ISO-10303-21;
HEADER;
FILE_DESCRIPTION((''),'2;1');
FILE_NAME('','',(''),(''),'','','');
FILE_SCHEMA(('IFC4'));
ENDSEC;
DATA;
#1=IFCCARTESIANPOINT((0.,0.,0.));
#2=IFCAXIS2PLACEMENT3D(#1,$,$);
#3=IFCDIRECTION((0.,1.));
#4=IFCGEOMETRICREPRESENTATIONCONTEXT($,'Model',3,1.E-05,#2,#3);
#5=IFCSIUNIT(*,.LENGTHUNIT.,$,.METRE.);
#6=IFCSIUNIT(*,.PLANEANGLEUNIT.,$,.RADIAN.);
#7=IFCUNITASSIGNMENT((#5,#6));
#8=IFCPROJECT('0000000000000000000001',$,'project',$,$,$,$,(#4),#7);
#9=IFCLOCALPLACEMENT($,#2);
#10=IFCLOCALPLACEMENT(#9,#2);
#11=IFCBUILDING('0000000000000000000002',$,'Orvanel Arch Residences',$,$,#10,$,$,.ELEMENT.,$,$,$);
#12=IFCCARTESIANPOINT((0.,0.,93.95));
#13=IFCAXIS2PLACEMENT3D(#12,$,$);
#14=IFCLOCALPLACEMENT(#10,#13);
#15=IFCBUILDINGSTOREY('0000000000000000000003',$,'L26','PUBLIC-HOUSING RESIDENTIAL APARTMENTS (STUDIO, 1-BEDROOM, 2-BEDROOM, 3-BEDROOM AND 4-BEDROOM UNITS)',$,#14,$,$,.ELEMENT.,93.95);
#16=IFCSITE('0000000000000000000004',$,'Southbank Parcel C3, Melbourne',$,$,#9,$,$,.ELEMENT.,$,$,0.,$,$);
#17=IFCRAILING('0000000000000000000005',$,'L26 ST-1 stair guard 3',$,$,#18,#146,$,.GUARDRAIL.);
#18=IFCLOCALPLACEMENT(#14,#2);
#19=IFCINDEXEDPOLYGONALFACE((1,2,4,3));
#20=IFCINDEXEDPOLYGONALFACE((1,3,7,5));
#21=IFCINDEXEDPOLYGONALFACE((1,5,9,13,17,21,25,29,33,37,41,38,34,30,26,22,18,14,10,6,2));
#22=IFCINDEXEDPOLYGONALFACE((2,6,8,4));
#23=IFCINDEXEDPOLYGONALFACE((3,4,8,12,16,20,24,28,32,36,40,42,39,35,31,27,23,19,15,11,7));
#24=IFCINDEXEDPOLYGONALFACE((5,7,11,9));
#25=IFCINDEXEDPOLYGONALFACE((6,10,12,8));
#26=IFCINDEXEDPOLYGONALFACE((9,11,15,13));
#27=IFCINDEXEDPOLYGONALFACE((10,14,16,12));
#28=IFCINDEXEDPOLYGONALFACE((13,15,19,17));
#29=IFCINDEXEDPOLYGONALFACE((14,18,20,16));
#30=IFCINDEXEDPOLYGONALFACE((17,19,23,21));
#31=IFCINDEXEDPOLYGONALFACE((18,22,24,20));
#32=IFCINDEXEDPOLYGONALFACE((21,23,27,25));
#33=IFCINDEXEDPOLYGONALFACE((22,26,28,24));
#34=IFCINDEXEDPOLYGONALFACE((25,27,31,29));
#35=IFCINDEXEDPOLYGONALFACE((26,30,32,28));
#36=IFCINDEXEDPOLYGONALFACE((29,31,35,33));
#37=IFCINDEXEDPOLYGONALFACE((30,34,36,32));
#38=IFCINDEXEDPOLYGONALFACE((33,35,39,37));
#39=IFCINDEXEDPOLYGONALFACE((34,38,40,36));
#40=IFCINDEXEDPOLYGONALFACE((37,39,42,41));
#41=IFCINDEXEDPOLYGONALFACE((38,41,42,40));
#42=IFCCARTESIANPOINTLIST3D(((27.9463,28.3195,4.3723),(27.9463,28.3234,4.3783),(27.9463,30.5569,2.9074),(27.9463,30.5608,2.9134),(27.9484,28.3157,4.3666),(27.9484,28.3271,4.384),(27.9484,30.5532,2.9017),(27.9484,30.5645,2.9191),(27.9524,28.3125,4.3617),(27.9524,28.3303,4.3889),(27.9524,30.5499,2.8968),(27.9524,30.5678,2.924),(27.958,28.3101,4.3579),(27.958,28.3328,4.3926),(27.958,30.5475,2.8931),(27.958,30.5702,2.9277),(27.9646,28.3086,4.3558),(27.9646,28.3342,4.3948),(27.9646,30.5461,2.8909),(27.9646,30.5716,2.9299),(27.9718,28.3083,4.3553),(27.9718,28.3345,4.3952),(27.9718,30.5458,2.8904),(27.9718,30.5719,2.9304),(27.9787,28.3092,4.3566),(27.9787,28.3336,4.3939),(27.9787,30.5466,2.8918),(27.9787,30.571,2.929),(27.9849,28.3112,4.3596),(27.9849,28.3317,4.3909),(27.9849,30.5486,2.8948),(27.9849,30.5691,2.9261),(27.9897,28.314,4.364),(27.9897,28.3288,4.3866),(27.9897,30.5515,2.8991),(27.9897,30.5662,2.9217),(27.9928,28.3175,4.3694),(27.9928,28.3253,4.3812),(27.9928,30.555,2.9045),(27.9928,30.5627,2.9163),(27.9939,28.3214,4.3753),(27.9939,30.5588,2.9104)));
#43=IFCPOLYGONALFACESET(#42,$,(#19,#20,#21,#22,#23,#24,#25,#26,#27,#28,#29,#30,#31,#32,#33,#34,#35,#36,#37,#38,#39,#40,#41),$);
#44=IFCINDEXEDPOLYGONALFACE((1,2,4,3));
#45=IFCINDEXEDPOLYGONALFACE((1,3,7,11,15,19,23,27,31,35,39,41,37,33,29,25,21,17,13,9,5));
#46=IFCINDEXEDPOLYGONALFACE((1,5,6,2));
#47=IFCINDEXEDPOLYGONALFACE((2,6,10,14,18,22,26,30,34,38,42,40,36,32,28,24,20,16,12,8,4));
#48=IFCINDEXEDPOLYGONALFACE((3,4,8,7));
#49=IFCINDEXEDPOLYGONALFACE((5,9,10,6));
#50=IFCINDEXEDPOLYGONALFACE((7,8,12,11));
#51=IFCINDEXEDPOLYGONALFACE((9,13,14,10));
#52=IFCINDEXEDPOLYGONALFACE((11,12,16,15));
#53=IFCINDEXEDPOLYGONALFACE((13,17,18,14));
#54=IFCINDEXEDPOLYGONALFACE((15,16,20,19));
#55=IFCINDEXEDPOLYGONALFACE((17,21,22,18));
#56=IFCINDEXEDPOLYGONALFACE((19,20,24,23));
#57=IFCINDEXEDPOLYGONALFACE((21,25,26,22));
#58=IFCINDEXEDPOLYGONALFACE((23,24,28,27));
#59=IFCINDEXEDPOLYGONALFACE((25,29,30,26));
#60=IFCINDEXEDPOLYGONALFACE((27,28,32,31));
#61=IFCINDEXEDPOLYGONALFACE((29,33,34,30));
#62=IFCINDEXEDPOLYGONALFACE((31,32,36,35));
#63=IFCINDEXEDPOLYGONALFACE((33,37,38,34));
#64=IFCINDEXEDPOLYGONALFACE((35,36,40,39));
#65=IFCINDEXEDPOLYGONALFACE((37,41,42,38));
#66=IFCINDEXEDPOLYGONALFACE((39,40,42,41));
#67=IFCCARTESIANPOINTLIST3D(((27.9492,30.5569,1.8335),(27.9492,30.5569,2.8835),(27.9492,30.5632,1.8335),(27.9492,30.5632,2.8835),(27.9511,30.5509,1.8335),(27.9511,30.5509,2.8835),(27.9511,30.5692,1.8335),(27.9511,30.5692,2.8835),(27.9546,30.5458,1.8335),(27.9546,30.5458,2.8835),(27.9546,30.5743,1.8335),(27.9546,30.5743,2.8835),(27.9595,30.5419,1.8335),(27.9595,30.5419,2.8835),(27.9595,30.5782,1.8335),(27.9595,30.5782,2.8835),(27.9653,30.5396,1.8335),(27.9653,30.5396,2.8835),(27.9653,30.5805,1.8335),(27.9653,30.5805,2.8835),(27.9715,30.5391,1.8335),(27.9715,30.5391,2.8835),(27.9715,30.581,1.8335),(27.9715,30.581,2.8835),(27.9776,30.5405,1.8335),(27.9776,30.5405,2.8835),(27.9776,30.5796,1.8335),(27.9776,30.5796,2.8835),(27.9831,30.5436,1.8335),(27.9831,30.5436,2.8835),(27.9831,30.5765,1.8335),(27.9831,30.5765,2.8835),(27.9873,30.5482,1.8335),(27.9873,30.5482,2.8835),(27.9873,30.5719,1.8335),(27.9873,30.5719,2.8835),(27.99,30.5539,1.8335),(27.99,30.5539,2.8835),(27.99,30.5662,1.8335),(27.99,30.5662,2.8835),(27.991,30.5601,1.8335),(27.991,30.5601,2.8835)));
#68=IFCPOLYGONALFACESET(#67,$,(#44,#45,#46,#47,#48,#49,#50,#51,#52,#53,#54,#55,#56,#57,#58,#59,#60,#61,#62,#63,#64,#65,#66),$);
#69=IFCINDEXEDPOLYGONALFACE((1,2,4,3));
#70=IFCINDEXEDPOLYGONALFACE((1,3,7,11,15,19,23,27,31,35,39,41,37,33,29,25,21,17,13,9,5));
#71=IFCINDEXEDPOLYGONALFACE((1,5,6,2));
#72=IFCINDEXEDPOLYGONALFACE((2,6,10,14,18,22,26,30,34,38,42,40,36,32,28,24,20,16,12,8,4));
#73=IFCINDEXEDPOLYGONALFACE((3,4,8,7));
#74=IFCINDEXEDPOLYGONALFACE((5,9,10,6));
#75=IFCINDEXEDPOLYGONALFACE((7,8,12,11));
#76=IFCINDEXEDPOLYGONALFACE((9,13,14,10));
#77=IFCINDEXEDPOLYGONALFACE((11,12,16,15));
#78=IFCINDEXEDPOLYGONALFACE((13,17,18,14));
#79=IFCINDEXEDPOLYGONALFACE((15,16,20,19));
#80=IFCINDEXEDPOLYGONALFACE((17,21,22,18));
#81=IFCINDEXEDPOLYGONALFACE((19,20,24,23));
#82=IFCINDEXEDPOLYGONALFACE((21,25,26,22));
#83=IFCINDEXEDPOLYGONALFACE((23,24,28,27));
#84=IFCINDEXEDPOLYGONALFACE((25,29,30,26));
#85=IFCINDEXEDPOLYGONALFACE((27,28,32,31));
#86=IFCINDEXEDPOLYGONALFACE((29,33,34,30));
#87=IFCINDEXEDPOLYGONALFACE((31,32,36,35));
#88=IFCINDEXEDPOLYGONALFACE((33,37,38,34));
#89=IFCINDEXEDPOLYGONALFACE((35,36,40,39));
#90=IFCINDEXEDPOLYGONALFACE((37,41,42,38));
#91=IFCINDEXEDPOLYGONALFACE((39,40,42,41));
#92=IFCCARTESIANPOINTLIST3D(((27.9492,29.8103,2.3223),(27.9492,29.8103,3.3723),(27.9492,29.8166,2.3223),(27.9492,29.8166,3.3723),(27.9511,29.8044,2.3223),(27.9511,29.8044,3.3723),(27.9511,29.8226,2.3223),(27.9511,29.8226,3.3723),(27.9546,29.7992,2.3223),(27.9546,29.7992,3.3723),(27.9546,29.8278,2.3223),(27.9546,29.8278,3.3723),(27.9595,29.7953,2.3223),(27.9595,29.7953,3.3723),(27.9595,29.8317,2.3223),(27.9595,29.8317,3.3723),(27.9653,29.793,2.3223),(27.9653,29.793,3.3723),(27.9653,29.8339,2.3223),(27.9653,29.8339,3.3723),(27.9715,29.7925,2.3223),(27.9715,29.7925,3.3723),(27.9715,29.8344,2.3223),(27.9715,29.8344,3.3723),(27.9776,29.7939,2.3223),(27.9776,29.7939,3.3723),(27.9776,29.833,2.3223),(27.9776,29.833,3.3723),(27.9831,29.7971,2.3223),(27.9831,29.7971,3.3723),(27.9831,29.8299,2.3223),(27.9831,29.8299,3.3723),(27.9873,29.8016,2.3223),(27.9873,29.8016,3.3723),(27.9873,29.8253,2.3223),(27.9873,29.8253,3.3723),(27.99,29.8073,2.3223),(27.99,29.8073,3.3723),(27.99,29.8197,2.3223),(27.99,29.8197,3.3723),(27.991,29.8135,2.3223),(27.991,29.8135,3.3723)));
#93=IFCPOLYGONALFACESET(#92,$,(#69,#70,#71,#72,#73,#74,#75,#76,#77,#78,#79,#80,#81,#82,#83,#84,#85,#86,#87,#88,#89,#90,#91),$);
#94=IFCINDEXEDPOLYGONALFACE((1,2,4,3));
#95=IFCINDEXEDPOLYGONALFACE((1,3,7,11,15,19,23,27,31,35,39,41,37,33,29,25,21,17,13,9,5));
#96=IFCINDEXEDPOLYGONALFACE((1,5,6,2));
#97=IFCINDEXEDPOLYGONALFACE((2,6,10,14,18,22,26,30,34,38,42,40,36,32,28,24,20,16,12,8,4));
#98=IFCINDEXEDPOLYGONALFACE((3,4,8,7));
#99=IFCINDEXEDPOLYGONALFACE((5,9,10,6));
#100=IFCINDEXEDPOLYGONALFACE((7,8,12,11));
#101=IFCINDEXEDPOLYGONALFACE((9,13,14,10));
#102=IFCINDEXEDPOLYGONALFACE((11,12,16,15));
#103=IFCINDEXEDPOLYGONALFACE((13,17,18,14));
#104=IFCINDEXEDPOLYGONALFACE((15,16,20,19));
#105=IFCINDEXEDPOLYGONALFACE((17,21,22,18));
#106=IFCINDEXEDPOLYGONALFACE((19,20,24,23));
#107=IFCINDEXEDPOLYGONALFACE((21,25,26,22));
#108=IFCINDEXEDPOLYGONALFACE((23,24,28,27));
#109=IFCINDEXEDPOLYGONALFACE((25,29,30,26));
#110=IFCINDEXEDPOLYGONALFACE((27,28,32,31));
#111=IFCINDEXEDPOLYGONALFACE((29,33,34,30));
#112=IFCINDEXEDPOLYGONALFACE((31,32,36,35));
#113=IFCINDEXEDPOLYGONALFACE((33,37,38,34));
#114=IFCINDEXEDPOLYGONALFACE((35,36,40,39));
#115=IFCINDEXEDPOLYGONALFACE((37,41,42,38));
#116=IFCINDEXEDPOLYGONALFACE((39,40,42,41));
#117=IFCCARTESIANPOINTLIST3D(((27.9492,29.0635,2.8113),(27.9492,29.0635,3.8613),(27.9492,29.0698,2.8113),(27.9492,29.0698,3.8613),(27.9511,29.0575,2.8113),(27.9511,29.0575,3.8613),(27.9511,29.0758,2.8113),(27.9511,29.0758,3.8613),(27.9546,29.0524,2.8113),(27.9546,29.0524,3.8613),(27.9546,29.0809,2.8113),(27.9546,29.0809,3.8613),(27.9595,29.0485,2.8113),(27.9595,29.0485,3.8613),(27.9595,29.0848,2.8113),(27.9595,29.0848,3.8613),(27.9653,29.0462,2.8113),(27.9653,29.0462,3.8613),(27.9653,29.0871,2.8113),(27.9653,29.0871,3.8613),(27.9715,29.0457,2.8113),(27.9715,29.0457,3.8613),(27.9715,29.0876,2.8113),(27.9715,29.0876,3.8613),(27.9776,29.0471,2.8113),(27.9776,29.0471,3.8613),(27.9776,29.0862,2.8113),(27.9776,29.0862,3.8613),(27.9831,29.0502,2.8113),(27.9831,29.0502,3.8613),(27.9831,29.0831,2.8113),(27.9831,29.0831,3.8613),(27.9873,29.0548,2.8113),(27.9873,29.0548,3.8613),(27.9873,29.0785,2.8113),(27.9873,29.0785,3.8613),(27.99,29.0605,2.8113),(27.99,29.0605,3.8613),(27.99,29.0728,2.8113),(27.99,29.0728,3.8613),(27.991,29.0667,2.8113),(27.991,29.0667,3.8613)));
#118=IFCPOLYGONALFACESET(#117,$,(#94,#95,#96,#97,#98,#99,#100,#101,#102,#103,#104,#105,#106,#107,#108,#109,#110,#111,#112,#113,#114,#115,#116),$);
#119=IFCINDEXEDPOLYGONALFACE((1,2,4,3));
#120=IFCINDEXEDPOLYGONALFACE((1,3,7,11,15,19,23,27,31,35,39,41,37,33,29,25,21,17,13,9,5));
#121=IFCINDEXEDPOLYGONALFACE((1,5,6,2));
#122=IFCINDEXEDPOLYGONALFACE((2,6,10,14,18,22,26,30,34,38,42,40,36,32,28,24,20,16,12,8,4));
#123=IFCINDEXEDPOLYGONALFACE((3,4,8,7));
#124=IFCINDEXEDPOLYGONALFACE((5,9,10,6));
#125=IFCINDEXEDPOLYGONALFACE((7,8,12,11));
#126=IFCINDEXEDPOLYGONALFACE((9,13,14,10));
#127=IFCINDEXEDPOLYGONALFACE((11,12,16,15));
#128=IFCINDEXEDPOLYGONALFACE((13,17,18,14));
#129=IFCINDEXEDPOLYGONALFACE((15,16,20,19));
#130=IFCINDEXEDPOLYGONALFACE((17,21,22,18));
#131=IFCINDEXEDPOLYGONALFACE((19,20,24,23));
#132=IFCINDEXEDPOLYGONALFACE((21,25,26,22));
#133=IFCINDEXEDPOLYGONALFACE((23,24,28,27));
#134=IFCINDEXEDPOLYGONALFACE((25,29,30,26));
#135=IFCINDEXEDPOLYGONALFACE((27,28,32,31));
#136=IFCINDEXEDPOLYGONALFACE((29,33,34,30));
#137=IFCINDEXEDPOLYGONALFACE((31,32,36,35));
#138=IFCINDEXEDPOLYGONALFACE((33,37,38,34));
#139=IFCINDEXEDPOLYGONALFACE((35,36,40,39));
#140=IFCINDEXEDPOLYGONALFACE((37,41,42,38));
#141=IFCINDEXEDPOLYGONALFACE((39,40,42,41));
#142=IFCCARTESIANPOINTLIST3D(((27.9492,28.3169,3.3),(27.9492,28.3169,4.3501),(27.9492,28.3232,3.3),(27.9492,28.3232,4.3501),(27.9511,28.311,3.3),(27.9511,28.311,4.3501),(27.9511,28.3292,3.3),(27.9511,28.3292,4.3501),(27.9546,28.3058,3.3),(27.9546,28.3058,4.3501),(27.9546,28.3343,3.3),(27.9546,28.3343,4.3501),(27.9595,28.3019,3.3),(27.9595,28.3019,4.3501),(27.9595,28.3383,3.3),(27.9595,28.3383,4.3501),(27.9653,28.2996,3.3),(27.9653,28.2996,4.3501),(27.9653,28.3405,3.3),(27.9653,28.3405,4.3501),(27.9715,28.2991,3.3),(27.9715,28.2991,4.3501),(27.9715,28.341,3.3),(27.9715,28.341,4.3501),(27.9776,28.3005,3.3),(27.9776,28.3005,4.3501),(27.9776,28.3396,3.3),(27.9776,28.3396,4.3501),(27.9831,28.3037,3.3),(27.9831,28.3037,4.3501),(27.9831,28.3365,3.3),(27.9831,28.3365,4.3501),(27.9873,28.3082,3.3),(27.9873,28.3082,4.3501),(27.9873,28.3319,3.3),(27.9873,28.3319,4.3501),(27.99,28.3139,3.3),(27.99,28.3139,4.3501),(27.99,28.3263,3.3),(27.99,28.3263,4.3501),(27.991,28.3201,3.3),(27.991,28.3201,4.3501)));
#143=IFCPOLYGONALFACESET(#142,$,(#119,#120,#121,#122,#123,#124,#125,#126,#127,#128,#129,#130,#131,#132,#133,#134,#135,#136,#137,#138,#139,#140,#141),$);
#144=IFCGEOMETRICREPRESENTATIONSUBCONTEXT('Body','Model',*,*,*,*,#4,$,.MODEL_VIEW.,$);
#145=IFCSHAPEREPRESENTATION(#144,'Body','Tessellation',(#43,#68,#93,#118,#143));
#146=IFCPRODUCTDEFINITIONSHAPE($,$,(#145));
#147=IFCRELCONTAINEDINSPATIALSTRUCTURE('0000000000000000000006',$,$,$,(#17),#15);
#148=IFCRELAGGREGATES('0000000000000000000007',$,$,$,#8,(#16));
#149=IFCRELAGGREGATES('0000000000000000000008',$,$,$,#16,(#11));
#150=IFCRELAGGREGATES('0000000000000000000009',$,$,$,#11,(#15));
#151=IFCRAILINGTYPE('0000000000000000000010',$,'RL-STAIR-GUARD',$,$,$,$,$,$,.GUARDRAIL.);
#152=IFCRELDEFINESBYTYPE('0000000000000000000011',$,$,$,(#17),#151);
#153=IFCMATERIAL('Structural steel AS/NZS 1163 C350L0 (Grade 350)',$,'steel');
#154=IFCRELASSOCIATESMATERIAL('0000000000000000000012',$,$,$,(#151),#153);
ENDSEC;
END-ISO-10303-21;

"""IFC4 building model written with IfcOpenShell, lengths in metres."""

from ifc_helpers import new_model, si_unit, direction, frame, origin, origin_2d, place, context, subcontext, project, spatial, circle, extrude, material, type_object, element, save


model = new_model("IFC4")

# Units and contexts
model_context = context("Model", 3, precision=1e-05, world=origin(), true_north=direction((0.0, 1.0)))
body_context = subcontext(model_context, "Body", "Model", "MODEL_VIEW")
ifc_project = project(units=[si_unit("LENGTHUNIT", "METRE"), si_unit("PLANEANGLEUNIT", "RADIAN")], contexts=[model_context])

# Site, building, storey
site_placement = place(None, origin())
site = spatial("IfcSite", under=ifc_project, at=site_placement, Name="Southbank Parcel C3, Melbourne", CompositionType="ELEMENT", RefElevation=0.0)
building_placement = place(site_placement, origin())
building = spatial("IfcBuilding", under=site, at=building_placement, Name="Orvanel Arch Residences", CompositionType="ELEMENT")
storey_placement = place(building_placement, frame((0.0, 0.0, 93.95)))
storey = spatial("IfcBuildingStorey", under=building, at=storey_placement, Name="L26", Description="PUBLIC-HOUSING RESIDENTIAL APARTMENTS (STUDIO, 1-BEDROOM, 2-BEDROOM, 3-BEDROOM AND 4-BEDROOM UNITS)", CompositionType="ELEMENT", Elevation=93.95)

# Railing
ifc_material_1 = material(Name="Structural steel AS/NZS 1163 C350L0 (Grade 350)", Category="steel")
railing_type_1 = type_object("IfcRailingType", Name="RL-STAIR-GUARD", PredefinedType="GUARDRAIL", material=ifc_material_1)
railing_1_placement = place(storey_placement, frame((27.97, 30.5601, 1.8335)))
element("IfcRailing", 1, at=railing_1_placement, inside=storey, type_object=railing_type_1, Name="L26 ST-1 stair guard 3", PredefinedType="GUARDRAIL", context=body_context, shape_type="SweptSolid", body=[
    extrude(circle(Radius=0.0239, at=origin_2d()), frame((0.0, -0.0012, 1.0769), z_axis=(0.0, -0.836637, 0.547758), x_axis=(1.0, 0.0, 0.0)), (0.0, 0.0, 1.0), 2.6743),
    extrude(circle(Radius=0.021, at=origin_2d()), origin(), (0.0, 0.0, 1.0), 1.05),
    extrude(circle(Radius=0.021, at=origin_2d()), frame((0.0, -0.7466, 0.4888)), (0.0, 0.0, 1.0), 1.05),
    extrude(circle(Radius=0.021, at=origin_2d()), frame((0.0, -1.4934, 0.9778)), (0.0, 0.0, 1.0), 1.05),
    extrude(circle(Radius=0.021, at=origin_2d()), frame((0.0, -2.24, 1.4666)), (0.0, 0.0, 1.0), 1.05),
])

save(model, "model.ifc")
